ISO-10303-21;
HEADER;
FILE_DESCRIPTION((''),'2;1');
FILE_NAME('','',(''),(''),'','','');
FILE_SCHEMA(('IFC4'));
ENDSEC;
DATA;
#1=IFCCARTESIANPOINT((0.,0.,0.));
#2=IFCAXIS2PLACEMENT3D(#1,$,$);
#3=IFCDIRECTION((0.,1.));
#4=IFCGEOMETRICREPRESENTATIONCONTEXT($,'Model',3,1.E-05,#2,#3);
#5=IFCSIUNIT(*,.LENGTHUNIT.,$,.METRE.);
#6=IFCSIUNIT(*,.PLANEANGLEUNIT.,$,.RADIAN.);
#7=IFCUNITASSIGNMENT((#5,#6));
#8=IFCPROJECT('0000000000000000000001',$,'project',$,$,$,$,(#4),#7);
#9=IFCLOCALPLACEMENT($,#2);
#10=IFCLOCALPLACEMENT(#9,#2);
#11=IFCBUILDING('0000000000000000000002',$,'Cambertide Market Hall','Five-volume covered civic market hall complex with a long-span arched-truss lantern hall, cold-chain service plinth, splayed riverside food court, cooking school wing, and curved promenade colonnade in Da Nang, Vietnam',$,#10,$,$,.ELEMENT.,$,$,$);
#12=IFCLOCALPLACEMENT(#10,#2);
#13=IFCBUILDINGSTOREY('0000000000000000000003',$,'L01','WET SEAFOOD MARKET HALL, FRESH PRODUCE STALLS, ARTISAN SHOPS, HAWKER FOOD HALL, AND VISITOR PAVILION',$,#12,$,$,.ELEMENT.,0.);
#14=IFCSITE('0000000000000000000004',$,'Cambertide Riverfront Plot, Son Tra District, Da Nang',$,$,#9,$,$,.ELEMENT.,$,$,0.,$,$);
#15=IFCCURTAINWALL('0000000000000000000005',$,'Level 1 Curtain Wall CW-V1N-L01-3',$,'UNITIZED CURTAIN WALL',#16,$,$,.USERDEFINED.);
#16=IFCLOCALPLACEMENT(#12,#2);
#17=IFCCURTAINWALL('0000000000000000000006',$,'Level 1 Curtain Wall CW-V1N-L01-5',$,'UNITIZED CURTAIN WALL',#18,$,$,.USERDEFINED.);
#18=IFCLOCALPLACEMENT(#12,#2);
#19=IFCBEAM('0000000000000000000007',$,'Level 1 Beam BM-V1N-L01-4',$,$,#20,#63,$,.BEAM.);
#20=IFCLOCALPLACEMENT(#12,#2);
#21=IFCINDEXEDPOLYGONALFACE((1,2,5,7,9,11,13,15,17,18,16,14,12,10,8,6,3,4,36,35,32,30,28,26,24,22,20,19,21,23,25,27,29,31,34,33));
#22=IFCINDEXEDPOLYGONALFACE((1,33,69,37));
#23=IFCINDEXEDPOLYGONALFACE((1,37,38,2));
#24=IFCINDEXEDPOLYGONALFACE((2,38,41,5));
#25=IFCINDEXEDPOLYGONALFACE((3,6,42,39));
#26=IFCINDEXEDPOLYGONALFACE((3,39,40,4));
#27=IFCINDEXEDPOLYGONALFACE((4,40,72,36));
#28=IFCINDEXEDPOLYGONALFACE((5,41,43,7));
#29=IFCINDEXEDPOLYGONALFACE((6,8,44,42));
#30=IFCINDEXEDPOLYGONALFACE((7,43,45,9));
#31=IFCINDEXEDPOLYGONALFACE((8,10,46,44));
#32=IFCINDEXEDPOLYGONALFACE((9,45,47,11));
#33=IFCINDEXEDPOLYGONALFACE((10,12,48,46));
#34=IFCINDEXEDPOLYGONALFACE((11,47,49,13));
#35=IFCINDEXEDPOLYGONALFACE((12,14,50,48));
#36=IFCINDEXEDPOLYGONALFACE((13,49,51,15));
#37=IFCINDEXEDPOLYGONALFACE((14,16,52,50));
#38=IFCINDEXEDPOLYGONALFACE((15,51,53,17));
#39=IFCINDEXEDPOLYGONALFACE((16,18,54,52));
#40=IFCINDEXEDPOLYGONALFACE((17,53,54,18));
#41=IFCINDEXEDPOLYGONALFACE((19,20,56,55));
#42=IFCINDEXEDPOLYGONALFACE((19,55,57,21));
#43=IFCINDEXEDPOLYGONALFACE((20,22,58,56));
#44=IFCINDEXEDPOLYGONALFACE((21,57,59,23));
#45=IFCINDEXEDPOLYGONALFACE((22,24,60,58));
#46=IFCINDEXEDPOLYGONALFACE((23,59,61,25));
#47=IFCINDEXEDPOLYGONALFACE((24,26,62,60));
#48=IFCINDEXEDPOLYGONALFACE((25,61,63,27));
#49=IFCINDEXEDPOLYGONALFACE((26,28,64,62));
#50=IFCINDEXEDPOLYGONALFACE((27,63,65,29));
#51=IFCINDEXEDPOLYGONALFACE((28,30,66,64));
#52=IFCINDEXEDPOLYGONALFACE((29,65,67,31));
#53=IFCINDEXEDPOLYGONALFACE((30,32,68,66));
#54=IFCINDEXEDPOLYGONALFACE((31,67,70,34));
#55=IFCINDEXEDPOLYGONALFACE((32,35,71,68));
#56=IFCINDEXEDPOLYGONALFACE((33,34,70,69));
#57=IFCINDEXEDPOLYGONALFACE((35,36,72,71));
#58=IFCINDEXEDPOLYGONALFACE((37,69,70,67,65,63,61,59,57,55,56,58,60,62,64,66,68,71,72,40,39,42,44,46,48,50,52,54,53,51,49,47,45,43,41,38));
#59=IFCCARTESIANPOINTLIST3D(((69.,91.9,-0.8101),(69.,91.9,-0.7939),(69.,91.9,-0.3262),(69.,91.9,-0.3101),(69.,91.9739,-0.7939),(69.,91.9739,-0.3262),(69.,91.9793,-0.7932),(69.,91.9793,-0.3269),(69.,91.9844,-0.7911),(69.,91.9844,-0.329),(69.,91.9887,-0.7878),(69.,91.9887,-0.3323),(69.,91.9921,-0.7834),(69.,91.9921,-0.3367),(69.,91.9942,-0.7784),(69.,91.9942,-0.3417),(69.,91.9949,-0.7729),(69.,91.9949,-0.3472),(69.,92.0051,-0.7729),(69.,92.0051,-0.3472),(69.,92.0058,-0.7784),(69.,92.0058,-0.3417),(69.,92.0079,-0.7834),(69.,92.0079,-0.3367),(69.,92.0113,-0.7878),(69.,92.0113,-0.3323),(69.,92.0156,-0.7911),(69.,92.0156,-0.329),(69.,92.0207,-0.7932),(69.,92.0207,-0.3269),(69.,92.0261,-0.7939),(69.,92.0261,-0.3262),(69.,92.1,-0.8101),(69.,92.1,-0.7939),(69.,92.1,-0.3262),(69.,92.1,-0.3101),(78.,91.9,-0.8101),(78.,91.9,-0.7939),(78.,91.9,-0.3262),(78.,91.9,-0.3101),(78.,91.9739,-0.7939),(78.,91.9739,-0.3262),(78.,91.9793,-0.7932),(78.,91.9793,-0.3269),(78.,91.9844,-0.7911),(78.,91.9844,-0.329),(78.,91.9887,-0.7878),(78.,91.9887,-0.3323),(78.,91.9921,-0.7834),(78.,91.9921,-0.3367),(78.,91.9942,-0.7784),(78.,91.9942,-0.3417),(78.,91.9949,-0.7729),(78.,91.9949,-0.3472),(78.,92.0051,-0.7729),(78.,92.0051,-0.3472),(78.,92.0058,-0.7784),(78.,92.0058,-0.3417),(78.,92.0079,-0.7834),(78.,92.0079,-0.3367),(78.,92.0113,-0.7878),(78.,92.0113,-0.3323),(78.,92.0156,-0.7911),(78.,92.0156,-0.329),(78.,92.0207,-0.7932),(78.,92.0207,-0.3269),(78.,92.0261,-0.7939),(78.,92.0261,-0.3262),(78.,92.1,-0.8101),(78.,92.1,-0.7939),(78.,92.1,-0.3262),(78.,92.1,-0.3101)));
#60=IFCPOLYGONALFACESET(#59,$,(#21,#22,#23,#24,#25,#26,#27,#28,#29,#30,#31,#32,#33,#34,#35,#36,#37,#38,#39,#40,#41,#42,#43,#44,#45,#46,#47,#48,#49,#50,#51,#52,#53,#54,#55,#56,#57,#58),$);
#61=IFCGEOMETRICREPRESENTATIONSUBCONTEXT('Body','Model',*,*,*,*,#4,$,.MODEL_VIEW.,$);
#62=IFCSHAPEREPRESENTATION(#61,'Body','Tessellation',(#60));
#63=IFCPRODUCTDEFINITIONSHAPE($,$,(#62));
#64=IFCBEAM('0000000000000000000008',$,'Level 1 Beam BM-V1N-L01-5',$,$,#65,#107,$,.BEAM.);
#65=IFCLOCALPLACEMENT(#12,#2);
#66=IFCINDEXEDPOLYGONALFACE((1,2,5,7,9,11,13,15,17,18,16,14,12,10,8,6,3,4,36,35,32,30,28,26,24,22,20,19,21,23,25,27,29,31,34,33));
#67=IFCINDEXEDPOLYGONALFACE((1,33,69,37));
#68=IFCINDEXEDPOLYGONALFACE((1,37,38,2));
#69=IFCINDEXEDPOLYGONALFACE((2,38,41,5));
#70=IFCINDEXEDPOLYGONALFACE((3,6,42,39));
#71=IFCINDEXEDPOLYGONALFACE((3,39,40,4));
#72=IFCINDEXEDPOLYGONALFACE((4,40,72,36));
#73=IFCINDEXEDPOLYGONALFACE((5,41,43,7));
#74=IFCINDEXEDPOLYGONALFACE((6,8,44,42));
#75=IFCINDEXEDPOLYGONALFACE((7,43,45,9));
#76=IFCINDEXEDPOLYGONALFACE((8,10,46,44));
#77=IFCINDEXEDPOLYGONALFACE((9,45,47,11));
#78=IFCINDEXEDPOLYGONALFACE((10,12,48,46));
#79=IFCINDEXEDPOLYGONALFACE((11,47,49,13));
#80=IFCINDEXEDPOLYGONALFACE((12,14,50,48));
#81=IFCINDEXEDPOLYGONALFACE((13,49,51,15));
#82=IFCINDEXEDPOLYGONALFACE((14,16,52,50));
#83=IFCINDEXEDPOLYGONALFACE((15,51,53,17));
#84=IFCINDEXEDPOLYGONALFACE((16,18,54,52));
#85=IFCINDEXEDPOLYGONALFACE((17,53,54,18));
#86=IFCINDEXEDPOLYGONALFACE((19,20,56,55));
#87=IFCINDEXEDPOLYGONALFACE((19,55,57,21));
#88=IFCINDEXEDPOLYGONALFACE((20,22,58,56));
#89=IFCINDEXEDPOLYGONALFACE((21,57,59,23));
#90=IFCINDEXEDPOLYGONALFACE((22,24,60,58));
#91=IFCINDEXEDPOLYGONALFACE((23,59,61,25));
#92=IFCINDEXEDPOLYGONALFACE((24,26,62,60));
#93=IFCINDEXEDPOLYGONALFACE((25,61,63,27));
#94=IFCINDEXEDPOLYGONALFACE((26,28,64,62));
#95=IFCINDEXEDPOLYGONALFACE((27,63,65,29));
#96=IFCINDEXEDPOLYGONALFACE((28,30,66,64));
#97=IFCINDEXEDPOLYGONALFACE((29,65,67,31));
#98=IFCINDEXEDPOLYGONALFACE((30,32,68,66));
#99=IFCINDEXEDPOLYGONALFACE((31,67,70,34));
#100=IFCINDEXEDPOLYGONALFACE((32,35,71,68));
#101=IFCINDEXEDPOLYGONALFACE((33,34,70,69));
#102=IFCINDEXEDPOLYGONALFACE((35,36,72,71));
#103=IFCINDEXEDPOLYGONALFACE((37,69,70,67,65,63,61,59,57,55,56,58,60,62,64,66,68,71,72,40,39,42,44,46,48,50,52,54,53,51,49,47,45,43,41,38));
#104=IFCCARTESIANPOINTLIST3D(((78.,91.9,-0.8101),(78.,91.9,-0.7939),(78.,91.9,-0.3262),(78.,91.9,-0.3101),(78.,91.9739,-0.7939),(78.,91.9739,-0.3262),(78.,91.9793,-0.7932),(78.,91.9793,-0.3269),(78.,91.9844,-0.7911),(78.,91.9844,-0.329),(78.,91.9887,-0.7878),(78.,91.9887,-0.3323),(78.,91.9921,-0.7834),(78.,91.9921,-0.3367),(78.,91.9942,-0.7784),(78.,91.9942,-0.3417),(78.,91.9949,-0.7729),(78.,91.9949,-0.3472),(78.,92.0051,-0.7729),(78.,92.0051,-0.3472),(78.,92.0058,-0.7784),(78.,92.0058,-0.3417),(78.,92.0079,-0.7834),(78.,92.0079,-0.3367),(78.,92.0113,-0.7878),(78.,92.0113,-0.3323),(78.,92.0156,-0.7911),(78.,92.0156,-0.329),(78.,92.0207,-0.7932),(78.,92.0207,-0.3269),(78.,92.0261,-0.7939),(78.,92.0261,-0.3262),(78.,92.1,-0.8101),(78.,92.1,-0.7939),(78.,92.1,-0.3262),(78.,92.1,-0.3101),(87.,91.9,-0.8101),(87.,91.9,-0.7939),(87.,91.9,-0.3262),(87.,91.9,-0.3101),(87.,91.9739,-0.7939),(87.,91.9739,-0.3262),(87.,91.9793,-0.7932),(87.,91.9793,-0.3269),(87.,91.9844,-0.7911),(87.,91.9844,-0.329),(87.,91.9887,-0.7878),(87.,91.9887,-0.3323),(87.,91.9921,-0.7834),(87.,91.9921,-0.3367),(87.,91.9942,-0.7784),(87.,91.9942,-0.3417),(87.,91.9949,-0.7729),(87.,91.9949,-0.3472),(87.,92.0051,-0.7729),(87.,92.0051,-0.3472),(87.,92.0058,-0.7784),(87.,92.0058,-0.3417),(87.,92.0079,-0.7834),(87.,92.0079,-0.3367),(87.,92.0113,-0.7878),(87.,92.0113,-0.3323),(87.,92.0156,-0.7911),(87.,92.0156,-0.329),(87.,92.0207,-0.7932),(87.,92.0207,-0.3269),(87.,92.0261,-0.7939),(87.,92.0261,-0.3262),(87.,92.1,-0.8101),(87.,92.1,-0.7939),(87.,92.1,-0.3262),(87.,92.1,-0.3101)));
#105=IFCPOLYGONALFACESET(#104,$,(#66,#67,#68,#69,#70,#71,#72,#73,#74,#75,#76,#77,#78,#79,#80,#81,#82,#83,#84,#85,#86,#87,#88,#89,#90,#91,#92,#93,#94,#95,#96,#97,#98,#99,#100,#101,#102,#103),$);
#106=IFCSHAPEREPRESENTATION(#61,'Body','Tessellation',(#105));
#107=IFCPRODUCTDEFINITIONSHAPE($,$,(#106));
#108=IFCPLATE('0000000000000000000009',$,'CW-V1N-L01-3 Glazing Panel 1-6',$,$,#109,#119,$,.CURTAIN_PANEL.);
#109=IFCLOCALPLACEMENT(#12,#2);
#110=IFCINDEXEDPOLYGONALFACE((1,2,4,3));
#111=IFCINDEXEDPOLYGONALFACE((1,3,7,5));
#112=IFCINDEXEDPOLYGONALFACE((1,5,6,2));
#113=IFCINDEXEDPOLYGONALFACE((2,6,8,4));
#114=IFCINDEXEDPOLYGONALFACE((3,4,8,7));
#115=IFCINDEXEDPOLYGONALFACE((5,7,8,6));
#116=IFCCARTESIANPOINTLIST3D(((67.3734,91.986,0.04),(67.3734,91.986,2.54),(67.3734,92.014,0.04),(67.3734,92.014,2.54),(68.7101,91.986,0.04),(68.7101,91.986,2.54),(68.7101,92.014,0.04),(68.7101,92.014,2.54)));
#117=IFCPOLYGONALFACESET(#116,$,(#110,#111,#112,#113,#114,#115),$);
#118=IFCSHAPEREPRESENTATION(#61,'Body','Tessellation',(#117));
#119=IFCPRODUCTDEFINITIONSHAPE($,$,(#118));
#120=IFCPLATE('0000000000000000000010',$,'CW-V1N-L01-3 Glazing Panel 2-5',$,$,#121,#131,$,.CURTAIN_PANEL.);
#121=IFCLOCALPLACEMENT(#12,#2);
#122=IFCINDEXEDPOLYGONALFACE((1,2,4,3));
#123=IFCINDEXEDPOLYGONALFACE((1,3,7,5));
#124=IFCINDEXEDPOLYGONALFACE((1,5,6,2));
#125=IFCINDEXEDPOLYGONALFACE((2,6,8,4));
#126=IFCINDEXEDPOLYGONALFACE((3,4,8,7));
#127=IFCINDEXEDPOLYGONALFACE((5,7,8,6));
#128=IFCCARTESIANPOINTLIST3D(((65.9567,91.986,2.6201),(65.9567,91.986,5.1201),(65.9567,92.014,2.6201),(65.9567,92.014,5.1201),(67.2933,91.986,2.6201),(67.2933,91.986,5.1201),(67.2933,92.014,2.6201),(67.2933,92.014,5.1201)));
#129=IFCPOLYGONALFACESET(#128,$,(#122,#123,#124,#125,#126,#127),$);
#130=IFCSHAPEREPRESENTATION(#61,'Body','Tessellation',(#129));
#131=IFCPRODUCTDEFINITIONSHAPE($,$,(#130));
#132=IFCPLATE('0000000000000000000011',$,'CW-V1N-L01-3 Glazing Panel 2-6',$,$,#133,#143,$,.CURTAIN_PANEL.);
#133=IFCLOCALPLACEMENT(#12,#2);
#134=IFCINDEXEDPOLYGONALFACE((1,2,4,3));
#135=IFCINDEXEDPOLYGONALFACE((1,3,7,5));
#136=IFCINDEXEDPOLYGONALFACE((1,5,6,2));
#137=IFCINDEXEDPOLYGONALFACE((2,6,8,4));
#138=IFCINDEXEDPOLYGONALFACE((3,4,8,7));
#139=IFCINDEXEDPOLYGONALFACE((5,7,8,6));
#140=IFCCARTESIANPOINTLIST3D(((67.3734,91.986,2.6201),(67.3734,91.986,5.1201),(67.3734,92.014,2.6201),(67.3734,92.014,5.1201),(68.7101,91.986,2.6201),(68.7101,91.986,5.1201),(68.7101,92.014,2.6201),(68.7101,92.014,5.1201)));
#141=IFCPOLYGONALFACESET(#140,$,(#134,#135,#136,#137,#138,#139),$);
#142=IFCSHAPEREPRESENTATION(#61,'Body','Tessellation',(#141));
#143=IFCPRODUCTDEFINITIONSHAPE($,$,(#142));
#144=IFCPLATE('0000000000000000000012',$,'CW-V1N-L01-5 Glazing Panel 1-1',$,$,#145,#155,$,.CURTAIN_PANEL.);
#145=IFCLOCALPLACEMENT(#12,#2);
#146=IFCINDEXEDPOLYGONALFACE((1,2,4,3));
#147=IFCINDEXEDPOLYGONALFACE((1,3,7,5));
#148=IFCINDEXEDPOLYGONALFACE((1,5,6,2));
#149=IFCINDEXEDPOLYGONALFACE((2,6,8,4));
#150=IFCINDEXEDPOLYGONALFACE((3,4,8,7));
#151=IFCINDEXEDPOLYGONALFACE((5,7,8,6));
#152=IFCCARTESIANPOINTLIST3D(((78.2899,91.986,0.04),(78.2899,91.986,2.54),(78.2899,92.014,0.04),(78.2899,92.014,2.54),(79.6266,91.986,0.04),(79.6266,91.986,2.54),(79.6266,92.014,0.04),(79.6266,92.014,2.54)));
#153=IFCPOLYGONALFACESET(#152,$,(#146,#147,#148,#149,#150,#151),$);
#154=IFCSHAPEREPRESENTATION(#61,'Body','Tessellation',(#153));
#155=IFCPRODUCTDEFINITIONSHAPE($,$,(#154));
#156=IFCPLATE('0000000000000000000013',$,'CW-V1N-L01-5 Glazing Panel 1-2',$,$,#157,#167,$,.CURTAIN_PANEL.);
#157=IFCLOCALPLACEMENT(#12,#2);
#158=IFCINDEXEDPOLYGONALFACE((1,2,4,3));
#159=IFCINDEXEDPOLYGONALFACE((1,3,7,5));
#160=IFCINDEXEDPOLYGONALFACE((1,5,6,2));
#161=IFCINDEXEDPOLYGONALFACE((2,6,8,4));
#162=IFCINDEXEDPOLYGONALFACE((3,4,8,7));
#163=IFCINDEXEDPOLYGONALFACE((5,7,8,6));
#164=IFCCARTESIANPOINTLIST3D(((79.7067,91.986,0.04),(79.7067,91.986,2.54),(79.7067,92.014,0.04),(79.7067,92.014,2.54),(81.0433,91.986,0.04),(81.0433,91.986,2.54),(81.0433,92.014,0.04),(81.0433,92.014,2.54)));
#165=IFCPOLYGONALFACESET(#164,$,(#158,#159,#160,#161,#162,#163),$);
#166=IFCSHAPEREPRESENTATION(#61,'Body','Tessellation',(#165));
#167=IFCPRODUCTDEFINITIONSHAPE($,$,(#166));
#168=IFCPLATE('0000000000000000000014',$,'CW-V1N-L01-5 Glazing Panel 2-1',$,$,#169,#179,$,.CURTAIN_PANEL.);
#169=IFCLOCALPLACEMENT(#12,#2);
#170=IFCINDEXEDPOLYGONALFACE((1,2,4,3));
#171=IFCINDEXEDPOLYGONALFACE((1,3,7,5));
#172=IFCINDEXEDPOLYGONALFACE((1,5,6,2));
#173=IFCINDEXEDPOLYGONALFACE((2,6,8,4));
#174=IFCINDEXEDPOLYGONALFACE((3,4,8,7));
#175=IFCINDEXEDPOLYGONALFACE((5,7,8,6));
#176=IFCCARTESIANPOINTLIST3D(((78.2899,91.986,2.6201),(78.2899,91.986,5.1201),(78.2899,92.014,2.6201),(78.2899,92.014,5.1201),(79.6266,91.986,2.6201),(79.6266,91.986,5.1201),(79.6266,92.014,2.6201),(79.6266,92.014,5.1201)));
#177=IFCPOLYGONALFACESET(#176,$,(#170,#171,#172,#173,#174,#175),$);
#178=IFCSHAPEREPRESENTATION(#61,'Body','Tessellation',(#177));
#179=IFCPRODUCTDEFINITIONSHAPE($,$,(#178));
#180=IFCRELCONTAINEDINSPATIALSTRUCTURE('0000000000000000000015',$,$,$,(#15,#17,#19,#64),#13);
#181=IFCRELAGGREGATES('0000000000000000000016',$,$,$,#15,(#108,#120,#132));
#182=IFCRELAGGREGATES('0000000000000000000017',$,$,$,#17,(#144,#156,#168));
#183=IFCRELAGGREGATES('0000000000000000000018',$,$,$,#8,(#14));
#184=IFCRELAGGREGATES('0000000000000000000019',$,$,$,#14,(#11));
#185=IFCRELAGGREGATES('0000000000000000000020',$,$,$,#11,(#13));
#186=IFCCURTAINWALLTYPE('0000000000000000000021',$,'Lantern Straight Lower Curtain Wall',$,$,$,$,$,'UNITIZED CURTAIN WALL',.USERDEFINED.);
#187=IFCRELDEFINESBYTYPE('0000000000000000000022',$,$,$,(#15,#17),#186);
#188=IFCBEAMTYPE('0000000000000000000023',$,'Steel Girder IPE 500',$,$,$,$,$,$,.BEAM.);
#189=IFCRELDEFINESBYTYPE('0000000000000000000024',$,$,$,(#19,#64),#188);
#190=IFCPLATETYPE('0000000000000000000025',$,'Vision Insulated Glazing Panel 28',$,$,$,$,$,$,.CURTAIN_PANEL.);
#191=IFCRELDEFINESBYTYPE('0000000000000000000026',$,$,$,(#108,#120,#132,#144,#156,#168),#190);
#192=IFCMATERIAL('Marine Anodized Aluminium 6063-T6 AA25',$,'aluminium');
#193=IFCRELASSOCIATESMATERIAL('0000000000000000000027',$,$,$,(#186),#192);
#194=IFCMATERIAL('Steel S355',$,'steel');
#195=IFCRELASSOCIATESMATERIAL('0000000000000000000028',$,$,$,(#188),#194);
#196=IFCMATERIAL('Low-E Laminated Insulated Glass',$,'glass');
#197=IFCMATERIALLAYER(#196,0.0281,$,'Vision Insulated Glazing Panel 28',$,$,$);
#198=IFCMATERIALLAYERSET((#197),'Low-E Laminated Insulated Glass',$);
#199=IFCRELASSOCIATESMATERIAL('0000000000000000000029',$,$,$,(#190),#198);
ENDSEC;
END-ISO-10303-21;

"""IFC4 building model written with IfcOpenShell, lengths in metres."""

from ifc_helpers import new_model, si_unit, direction, frame, origin, origin_2d, place, context, subcontext, project, spatial, rectangle, i_section, extrude, material, layer, layer_set, material_profile, profile_set, type_object, element, aggregate, save


model = new_model("IFC4")

# Units and contexts
model_context = context("Model", 3, precision=1e-05, world=origin(), true_north=direction((0.0, 1.0)))
body_context = subcontext(model_context, "Body", "Model", "MODEL_VIEW")
ifc_project = project(units=[si_unit("LENGTHUNIT", "METRE"), si_unit("PLANEANGLEUNIT", "RADIAN")], contexts=[model_context])

# Site, building, storey
site_placement = place(None, origin())
site = spatial("IfcSite", under=ifc_project, at=site_placement, Name="Cambertide Riverfront Plot, Son Tra District, Da Nang", CompositionType="ELEMENT", RefElevation=0.0)
building_placement = place(site_placement, origin())
building = spatial("IfcBuilding", under=site, at=building_placement, Name="Cambertide Market Hall", Description="Five-volume covered civic market hall complex with a long-span arched-truss lantern hall, cold-chain service plinth, splayed riverside food court, cooking school wing, and curved promenade colonnade in Da Nang, Vietnam", CompositionType="ELEMENT")
storey_placement = place(building_placement, origin())
storey = spatial("IfcBuildingStorey", under=building, at=storey_placement, Name="L01", Description="WET SEAFOOD MARKET HALL, FRESH PRODUCE STALLS, ARTISAN SHOPS, HAWKER FOOD HALL, AND VISITOR PAVILION", CompositionType="ELEMENT", Elevation=0.0)

# Curtain walls
ifc_material_1 = material(Name="Marine Anodized Aluminium 6063-T6 AA25", Category="aluminium")
curtain_wall_type = type_object("IfcCurtainWallType", Name="Lantern Straight Lower Curtain Wall", ElementType="UNITIZED CURTAIN WALL", PredefinedType="USERDEFINED", material=ifc_material_1)
curtain_wall_1_placement = place(storey_placement, origin())
curtain_wall_1 = element("IfcCurtainWall", 1, at=curtain_wall_1_placement, inside=storey, type_object=curtain_wall_type, Name="Level 1 Curtain Wall CW-V1N-L01-3", ObjectType="UNITIZED CURTAIN WALL", PredefinedType="USERDEFINED")
curtain_wall_2_placement = place(storey_placement, origin())
curtain_wall_2 = element("IfcCurtainWall", 2, at=curtain_wall_2_placement, inside=storey, type_object=curtain_wall_type, Name="Level 1 Curtain Wall CW-V1N-L01-5", ObjectType="UNITIZED CURTAIN WALL", PredefinedType="USERDEFINED")

# Beams
ifc_material_2 = material(Name="Steel S355", Category="steel")
ifc_material_profile_1 = material_profile(ifc_material_2, i_section(OverallWidth=0.2, OverallDepth=0.5, WebThickness=0.0103, FlangeThickness=0.0161, FilletRadius=0.021, at=origin_2d()), Name="IPE 500")
ifc_profile_set_1 = profile_set([ifc_material_profile_1], Name="Steel S355")
beam_type_1 = type_object("IfcBeamType", Name="Steel Girder IPE 500", PredefinedType="BEAM", material=ifc_profile_set_1)
for number, where, z_axis, x_axis, name in (
    (3, (69.0, 92.0, -0.5601), (1.0, 0.0, 0.0), (0.0, 1.0, 0.0), "Level 1 Beam BM-V1N-L01-4"),
    (4, (78.0, 92.0, -0.5601), (1.0, 0.0, 0.0), (0.0, 1.0, 0.0), "Level 1 Beam BM-V1N-L01-5"),
):
    element("IfcBeam", number, at=place(storey_placement, frame(where, z_axis=z_axis, x_axis=x_axis)), inside=storey, type_object=beam_type_1, Name=name, PredefinedType="BEAM", context=body_context, shape_type="SweptSolid", body=[
        extrude(i_section(OverallWidth=0.2, OverallDepth=0.5, WebThickness=0.0103, FlangeThickness=0.0161, FilletRadius=0.021, at=origin_2d()), origin(), (0.0, 0.0, 1.0), 9.0),
    ])

# Plates
ifc_material_3 = material(Name="Low-E Laminated Insulated Glass", Category="glass")
ifc_layer_1 = layer(ifc_material_3, 0.0281, Name="Vision Insulated Glazing Panel 28")
ifc_layer_set_1 = layer_set([ifc_layer_1], Name="Low-E Laminated Insulated Glass")
plate_type = type_object("IfcPlateType", Name="Vision Insulated Glazing Panel 28", PredefinedType="CURTAIN_PANEL", material=ifc_layer_set_1)
plate_1_placement = place(storey_placement, frame((68.0417, 92.0, 0.04), z_axis=(0.0, 0.0, 1.0), x_axis=(1.0, 0.0, 0.0)))
plate_1 = element("IfcPlate", 5, at=plate_1_placement, type_object=plate_type, Name="CW-V1N-L01-3 Glazing Panel 1-6", PredefinedType="CURTAIN_PANEL", context=body_context, shape_type="SweptSolid", body=[
    extrude(rectangle(XDim=1.3367, YDim=0.0281, at=origin_2d()), origin(), (0.0, 0.0, 1.0), 2.5),
])
plate_2_placement = place(storey_placement, frame((66.625, 92.0, 2.6201), z_axis=(0.0, 0.0, 1.0), x_axis=(1.0, 0.0, 0.0)))
plate_2 = element("IfcPlate", 6, at=plate_2_placement, type_object=plate_type, Name="CW-V1N-L01-3 Glazing Panel 2-5", PredefinedType="CURTAIN_PANEL", context=body_context, shape_type="SweptSolid", body=[
    extrude(rectangle(XDim=1.3367, YDim=0.0281, at=origin_2d()), origin(), (0.0, 0.0, 1.0), 2.5),
])
plate_3_placement = place(storey_placement, frame((68.0417, 92.0, 2.6201), z_axis=(0.0, 0.0, 1.0), x_axis=(1.0, 0.0, 0.0)))
plate_3 = element("IfcPlate", 7, at=plate_3_placement, type_object=plate_type, Name="CW-V1N-L01-3 Glazing Panel 2-6", PredefinedType="CURTAIN_PANEL", context=body_context, shape_type="SweptSolid", body=[
    extrude(rectangle(XDim=1.3367, YDim=0.0281, at=origin_2d()), origin(), (0.0, 0.0, 1.0), 2.5),
])
aggregate(curtain_wall_1, [plate_1, plate_2, plate_3])
plate_4_placement = place(storey_placement, frame((78.9583, 92.0, 0.04), z_axis=(0.0, 0.0, 1.0), x_axis=(1.0, 0.0, 0.0)))
plate_4 = element("IfcPlate", 8, at=plate_4_placement, type_object=plate_type, Name="CW-V1N-L01-5 Glazing Panel 1-1", PredefinedType="CURTAIN_PANEL", context=body_context, shape_type="SweptSolid", body=[
    extrude(rectangle(XDim=1.3367, YDim=0.0281, at=origin_2d()), origin(), (0.0, 0.0, 1.0), 2.5),
])
plate_5_placement = place(storey_placement, frame((80.375, 92.0, 0.04), z_axis=(0.0, 0.0, 1.0), x_axis=(1.0, 0.0, 0.0)))
plate_5 = element("IfcPlate", 9, at=plate_5_placement, type_object=plate_type, Name="CW-V1N-L01-5 Glazing Panel 1-2", PredefinedType="CURTAIN_PANEL", context=body_context, shape_type="SweptSolid", body=[
    extrude(rectangle(XDim=1.3367, YDim=0.0281, at=origin_2d()), origin(), (0.0, 0.0, 1.0), 2.5),
])
plate_6_placement = place(storey_placement, frame((78.9583, 92.0, 2.6201), z_axis=(0.0, 0.0, 1.0), x_axis=(1.0, 0.0, 0.0)))
plate_6 = element("IfcPlate", 10, at=plate_6_placement, type_object=plate_type, Name="CW-V1N-L01-5 Glazing Panel 2-1", PredefinedType="CURTAIN_PANEL", context=body_context, shape_type="SweptSolid", body=[
    extrude(rectangle(XDim=1.3367, YDim=0.0281, at=origin_2d()), origin(), (0.0, 0.0, 1.0), 2.5),
])
aggregate(curtain_wall_2, [plate_4, plate_5, plate_6])

save(model, "model.ifc")
